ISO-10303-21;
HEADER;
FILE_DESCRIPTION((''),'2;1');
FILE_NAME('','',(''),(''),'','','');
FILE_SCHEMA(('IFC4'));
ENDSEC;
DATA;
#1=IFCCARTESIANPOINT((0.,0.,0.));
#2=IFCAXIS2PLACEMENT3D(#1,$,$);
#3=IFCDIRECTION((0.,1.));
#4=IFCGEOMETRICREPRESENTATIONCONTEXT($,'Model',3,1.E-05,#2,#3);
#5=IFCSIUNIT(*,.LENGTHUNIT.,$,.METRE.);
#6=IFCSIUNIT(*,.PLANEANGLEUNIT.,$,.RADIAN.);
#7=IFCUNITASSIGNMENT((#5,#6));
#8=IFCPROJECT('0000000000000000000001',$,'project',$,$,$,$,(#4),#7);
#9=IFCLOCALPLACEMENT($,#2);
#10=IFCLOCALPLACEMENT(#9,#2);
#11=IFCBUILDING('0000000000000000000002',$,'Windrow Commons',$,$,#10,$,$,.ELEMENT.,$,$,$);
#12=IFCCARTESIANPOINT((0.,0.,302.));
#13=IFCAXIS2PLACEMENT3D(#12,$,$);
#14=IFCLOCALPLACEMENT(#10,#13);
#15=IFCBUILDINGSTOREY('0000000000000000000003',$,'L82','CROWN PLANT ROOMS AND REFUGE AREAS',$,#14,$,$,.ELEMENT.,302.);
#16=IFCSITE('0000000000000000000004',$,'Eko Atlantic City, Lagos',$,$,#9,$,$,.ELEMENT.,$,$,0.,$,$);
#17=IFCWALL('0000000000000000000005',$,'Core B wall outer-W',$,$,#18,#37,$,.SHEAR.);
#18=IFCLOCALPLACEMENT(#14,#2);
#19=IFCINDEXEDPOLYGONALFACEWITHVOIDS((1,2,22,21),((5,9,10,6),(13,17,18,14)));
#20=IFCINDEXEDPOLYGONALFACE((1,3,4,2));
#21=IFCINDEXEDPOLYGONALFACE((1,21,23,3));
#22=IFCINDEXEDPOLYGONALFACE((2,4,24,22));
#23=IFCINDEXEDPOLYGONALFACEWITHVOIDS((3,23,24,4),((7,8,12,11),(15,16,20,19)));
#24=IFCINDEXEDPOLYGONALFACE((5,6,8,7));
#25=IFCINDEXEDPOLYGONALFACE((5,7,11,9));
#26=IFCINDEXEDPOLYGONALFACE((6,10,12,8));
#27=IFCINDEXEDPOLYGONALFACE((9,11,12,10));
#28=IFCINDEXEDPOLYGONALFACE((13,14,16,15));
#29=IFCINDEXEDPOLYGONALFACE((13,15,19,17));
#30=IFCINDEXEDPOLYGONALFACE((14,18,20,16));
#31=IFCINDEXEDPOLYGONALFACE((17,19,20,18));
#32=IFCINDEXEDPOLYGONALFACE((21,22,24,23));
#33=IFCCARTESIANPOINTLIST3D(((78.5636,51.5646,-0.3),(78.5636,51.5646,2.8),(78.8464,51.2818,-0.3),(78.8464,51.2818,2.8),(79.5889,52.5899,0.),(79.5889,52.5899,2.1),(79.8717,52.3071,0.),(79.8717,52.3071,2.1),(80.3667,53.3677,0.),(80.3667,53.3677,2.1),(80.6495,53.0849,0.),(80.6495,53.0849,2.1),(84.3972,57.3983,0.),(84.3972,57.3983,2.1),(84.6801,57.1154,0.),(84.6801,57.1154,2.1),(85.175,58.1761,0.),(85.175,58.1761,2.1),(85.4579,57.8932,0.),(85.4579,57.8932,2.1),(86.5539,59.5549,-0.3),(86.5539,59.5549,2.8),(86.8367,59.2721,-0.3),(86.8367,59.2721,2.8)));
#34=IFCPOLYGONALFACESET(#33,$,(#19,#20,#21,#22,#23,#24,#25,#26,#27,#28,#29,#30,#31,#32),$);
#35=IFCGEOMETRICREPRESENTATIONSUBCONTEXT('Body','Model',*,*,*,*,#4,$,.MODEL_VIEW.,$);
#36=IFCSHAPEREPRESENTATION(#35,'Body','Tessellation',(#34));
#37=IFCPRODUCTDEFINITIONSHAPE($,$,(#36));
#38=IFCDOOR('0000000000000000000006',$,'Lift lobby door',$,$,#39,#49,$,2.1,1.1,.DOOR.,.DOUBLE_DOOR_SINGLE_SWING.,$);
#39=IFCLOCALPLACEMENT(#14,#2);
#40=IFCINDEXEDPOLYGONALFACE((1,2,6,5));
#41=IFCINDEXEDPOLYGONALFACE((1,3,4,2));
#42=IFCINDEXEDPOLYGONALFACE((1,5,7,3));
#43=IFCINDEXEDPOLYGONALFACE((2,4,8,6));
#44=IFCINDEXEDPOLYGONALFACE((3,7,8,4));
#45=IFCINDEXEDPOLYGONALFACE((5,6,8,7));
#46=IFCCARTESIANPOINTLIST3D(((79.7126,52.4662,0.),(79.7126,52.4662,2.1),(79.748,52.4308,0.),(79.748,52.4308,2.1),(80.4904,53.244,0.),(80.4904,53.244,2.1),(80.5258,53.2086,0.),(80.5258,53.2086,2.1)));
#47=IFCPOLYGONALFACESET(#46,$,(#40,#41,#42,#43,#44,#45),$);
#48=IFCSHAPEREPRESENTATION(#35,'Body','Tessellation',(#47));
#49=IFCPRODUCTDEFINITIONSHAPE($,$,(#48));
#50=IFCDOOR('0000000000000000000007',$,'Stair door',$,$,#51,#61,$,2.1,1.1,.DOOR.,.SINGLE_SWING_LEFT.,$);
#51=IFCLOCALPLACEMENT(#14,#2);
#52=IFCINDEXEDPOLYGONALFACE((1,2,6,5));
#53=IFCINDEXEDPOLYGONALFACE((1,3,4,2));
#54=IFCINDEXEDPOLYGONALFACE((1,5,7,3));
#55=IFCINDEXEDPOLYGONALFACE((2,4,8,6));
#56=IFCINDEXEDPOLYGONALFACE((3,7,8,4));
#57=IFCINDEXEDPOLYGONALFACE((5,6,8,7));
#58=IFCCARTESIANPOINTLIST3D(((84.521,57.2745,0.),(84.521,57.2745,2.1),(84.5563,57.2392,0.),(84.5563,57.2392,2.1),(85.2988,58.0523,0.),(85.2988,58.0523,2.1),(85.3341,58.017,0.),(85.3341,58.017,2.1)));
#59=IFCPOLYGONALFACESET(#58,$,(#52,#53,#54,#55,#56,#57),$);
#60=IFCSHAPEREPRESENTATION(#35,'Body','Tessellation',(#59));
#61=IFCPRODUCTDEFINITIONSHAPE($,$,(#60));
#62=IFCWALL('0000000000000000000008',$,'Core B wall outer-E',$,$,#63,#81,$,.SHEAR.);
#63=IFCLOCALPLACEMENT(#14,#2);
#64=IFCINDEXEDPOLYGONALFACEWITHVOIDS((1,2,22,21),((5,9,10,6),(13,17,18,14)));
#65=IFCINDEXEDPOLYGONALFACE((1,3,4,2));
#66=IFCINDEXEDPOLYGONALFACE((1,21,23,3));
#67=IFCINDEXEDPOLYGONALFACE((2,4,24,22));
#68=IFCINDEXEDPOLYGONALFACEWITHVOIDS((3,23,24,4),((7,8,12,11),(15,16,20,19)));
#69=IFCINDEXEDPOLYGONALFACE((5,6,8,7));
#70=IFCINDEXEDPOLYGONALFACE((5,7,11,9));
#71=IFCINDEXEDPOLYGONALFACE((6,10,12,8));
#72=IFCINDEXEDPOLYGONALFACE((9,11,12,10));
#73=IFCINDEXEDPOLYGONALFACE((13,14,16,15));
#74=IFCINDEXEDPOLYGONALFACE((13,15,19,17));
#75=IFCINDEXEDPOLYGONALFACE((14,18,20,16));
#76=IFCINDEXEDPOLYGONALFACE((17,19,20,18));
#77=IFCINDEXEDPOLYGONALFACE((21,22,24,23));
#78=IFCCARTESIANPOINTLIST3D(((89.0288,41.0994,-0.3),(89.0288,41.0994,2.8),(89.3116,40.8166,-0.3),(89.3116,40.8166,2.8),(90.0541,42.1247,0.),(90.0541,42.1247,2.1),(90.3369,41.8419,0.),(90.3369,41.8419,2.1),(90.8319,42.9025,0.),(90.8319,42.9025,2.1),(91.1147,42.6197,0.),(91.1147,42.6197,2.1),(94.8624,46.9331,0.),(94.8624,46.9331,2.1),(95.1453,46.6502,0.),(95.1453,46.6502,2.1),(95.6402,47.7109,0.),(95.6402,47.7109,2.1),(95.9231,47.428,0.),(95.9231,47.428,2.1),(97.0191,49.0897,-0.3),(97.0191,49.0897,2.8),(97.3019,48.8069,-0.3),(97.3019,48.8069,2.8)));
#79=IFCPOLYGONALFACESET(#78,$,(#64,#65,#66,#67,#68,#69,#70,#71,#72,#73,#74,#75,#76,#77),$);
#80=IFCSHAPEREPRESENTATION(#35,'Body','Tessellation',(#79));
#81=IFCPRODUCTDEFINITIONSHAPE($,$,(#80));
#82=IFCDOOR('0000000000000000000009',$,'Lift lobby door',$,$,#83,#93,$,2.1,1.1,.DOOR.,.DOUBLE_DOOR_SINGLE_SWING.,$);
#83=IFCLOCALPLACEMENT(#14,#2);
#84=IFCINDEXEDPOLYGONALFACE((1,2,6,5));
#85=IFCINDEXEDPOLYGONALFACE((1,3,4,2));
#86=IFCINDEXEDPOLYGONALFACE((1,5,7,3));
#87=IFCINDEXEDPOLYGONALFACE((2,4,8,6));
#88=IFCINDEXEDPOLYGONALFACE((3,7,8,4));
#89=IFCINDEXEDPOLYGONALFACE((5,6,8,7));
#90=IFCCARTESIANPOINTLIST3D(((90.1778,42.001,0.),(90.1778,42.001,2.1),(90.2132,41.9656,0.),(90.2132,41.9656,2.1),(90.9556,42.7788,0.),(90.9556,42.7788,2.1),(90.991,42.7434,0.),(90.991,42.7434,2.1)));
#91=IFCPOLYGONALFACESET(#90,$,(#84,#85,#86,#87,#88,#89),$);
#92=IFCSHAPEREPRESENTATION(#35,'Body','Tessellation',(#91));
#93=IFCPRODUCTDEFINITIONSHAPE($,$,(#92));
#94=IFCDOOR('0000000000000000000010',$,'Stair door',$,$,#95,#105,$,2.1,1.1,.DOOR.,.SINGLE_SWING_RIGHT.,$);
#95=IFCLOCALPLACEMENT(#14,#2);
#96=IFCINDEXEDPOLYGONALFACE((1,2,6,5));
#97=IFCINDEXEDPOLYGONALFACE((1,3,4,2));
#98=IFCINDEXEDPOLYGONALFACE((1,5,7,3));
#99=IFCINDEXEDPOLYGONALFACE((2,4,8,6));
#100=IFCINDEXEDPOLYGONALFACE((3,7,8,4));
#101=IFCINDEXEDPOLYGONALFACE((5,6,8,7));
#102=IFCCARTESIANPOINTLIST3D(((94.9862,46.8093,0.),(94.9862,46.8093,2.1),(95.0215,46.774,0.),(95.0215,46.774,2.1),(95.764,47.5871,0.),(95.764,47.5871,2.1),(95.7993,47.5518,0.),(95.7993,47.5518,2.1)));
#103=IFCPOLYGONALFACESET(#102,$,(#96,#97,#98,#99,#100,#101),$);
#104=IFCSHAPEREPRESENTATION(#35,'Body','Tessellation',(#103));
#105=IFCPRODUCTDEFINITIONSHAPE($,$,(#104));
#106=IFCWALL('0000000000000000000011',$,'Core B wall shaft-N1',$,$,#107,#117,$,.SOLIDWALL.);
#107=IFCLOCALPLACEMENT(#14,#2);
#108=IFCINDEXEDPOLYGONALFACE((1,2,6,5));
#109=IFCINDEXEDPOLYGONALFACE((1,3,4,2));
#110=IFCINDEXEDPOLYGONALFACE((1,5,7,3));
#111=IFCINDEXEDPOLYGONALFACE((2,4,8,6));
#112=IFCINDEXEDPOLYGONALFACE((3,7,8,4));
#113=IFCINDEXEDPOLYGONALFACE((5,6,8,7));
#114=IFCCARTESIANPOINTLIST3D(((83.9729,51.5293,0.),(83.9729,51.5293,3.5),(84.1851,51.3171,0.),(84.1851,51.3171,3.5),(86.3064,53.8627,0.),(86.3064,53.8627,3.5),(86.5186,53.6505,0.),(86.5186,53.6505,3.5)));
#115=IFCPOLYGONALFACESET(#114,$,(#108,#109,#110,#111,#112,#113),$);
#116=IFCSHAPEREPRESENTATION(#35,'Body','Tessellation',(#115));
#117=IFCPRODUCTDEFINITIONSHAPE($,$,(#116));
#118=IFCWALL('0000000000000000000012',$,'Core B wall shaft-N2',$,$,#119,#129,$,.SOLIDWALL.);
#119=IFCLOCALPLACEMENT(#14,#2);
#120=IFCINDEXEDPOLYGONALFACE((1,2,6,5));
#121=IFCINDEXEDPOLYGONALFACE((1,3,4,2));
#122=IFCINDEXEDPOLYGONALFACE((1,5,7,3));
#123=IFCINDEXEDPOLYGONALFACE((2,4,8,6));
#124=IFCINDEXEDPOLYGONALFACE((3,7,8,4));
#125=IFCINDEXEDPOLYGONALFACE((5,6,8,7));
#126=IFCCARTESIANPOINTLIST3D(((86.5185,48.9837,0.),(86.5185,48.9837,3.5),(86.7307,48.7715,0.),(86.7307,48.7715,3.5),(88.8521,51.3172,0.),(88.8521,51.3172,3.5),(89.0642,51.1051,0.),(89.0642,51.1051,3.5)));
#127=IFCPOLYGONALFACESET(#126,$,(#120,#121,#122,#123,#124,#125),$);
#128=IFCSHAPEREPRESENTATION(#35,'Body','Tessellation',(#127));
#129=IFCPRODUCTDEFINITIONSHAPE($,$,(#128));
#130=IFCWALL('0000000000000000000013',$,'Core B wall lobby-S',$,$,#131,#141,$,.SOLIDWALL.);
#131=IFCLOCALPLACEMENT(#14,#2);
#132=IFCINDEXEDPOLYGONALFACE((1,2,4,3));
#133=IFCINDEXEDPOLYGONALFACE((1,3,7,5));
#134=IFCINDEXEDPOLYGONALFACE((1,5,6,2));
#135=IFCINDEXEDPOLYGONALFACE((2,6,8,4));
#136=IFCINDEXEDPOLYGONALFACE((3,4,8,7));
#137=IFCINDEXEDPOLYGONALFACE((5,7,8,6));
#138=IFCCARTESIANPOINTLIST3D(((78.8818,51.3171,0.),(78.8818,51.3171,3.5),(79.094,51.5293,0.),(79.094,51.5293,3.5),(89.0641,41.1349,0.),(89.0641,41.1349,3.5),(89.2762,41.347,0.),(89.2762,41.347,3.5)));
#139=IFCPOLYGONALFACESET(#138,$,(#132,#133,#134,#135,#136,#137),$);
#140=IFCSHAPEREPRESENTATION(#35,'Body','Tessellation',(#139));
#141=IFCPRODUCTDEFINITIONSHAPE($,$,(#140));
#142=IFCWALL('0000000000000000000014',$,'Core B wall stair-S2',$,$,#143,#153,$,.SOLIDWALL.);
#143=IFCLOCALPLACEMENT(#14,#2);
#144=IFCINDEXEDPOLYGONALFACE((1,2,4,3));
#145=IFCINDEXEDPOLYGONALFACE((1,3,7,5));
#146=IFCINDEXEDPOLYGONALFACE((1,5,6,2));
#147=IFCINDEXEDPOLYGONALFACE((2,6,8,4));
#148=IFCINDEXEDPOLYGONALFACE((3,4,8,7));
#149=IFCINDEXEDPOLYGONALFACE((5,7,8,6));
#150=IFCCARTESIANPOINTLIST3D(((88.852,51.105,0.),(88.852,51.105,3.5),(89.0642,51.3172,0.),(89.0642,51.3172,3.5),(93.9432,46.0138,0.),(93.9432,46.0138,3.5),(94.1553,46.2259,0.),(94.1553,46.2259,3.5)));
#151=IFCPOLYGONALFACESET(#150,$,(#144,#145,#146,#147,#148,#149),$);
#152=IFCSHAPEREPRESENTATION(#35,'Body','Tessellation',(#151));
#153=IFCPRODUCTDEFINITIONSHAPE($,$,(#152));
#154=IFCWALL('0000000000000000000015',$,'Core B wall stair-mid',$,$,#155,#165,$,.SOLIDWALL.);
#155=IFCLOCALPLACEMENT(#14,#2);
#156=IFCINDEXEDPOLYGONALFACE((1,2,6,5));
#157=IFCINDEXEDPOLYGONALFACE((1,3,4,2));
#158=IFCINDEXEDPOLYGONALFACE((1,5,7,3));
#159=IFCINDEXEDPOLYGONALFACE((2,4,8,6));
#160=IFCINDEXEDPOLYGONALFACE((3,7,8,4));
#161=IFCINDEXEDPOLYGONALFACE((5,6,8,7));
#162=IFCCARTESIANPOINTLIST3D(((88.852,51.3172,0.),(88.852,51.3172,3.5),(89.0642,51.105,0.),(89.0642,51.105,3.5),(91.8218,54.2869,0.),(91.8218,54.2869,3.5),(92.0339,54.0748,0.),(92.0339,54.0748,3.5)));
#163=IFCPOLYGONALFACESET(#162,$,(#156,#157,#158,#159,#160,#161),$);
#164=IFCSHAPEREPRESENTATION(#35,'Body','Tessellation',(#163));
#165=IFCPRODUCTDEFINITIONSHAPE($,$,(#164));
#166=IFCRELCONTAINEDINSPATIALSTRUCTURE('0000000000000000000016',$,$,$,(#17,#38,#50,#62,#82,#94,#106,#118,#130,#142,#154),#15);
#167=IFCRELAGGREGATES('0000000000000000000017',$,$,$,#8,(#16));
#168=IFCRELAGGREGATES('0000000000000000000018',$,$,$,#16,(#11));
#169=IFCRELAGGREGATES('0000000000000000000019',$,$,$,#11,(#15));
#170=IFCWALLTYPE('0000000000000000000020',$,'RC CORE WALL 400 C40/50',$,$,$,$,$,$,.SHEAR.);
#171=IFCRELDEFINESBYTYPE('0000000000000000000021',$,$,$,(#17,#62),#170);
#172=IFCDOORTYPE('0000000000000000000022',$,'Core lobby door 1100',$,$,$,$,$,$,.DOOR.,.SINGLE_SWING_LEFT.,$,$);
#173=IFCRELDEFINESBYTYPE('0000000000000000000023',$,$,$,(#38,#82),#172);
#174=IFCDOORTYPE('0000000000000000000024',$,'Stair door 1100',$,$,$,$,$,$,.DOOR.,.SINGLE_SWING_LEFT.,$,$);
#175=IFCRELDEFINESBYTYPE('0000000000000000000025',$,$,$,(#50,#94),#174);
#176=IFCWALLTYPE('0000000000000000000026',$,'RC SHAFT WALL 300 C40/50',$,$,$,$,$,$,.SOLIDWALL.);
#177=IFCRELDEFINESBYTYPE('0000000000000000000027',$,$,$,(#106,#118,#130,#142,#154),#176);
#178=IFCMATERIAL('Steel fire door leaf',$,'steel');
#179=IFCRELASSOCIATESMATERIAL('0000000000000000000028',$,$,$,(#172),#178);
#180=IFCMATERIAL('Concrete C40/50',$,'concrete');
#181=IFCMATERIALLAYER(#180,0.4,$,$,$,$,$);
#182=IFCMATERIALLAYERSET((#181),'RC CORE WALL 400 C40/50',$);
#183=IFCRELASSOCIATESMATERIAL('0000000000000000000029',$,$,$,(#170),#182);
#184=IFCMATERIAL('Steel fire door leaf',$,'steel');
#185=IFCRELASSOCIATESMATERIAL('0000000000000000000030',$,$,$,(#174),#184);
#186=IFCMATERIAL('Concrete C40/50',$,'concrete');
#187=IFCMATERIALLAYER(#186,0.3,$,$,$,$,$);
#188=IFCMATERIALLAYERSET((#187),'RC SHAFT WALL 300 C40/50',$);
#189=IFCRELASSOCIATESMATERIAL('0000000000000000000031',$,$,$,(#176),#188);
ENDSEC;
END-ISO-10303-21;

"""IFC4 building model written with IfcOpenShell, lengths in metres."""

from ifc_helpers import new_model, si_unit, direction, frame, frame_2d, origin, place, context, subcontext, project, spatial, polyline, rectangle, outline, extrude, material, layer, layer_set, type_object, element, fill, save


model = new_model("IFC4")

# Units and contexts
model_context = context("Model", 3, precision=1e-05, world=origin(), true_north=direction((0.0, 1.0)))
body_context = subcontext(model_context, "Body", "Model", "MODEL_VIEW")
ifc_project = project(units=[si_unit("LENGTHUNIT", "METRE"), si_unit("PLANEANGLEUNIT", "RADIAN")], contexts=[model_context])

# Site, building, storey
site_placement = place(None, origin())
site = spatial("IfcSite", under=ifc_project, at=site_placement, Name="Eko Atlantic City, Lagos", CompositionType="ELEMENT", RefElevation=0.0)
building_placement = place(site_placement, origin())
building = spatial("IfcBuilding", under=site, at=building_placement, Name="Windrow Commons", CompositionType="ELEMENT")
storey_placement = place(building_placement, frame((0.0, 0.0, 302.0)))
storey = spatial("IfcBuildingStorey", under=building, at=storey_placement, Name="L82", Description="CROWN PLANT ROOMS AND REFUGE AREAS", CompositionType="ELEMENT", Elevation=302.0)

# Shared definitions
ifc_material_1 = material(Name="Steel fire door leaf", Category="steel")
door_type_1 = type_object("IfcDoorType", Name="Core lobby door 1100", OperationType="SINGLE_SWING_LEFT", PredefinedType="DOOR", material=ifc_material_1)

# Walls, openings, doors
ifc_material_2 = material(Name="Concrete C40/50", Category="concrete")
ifc_layer_1 = layer(ifc_material_2, 0.4)
ifc_layer_set_1 = layer_set([ifc_layer_1], Name="RC CORE WALL 400 C40/50")
wall_type_1 = type_object("IfcWallType", Name="RC CORE WALL 400 C40/50", PredefinedType="SHEAR", material=ifc_layer_set_1)
wall_1_placement = place(storey_placement, frame((78.705, 51.4232, -0.3), z_axis=(0.0, 0.0, 1.0), x_axis=(0.707107, 0.707107, 0.0)))
wall_1 = element("IfcWall", 1, at=wall_1_placement, inside=storey, type_object=wall_type_1, Name="Core B wall outer-W", PredefinedType="SHEAR", context=body_context, shape_type="SweptSolid", body=[
    extrude(outline(polyline([(0.0, 0.0), (11.3, 0.0), (11.3, 3.1), (0.0, 3.1), (0.0, 0.0)])), frame((0.0, 0.2, 0.0), z_axis=(0.0, -1.0, 0.0), x_axis=(1.0, 0.0, 0.0)), (0.0, 0.0, 1.0), 0.4),
])
opening_1_placement = place(wall_1_placement, frame((1.45, 0.0, 0.3)))
opening_1 = element("IfcOpeningElement", 2, at=opening_1_placement, cuts=wall_1, PredefinedType="OPENING", context=body_context, shape_type="SweptSolid", body=[
    extrude(rectangle(XDim=1.1, YDim=2.1, at=frame_2d((0.55, 1.05))), frame((0.0, 0.21, 0.0), z_axis=(0.0, -1.0, 0.0), x_axis=(1.0, 0.0, 0.0)), (0.0, 0.0, 1.0), 0.42),
])
opening_2_placement = place(wall_1_placement, frame((8.25, 0.0, 0.3)))
opening_2 = element("IfcOpeningElement", 3, at=opening_2_placement, cuts=wall_1, PredefinedType="OPENING", context=body_context, shape_type="SweptSolid", body=[
    extrude(rectangle(XDim=1.1, YDim=2.1, at=frame_2d((0.55, 1.05))), frame((0.0, 0.21, 0.0), z_axis=(0.0, -1.0, 0.0), x_axis=(1.0, 0.0, 0.0)), (0.0, 0.0, 1.0), 0.42),
])
door_1_placement = place(opening_1_placement, origin())
door_1 = element("IfcDoor", 4, at=door_1_placement, inside=storey, type_object=door_type_1, Name="Lift lobby door", OperationType="DOUBLE_DOOR_SINGLE_SWING", OverallHeight=2.1, OverallWidth=1.1, PredefinedType="DOOR", context=body_context, shape_type="SweptSolid", body=[
    extrude(rectangle(XDim=1.1, YDim=2.1, at=frame_2d((0.55, 1.05))), frame((0.0, 0.025, 0.0), z_axis=(0.0, -1.0, 0.0), x_axis=(1.0, 0.0, 0.0)), (0.0, 0.0, 1.0), 0.05),
])
fill(opening_1, door_1)
ifc_material_3 = material(Name="Steel fire door leaf", Category="steel")
door_type_2 = type_object("IfcDoorType", Name="Stair door 1100", OperationType="SINGLE_SWING_LEFT", PredefinedType="DOOR", material=ifc_material_3)
door_2_placement = place(opening_2_placement, origin())
door_2 = element("IfcDoor", 5, at=door_2_placement, inside=storey, type_object=door_type_2, Name="Stair door", OperationType="SINGLE_SWING_LEFT", OverallHeight=2.1, OverallWidth=1.1, PredefinedType="DOOR", context=body_context, shape_type="SweptSolid", body=[
    extrude(rectangle(XDim=1.1, YDim=2.1, at=frame_2d((0.55, 1.05))), frame((0.0, 0.025, 0.0), z_axis=(0.0, -1.0, 0.0), x_axis=(1.0, 0.0, 0.0)), (0.0, 0.0, 1.0), 0.05),
])
fill(opening_2, door_2)
wall_2_placement = place(storey_placement, frame((89.1702, 40.958, -0.3), z_axis=(0.0, 0.0, 1.0), x_axis=(0.707107, 0.707107, 0.0)))
wall_2 = element("IfcWall", 6, at=wall_2_placement, inside=storey, type_object=wall_type_1, Name="Core B wall outer-E", PredefinedType="SHEAR", context=body_context, shape_type="SweptSolid", body=[
    extrude(outline(polyline([(0.0, 0.0), (11.3, 0.0), (11.3, 3.1), (0.0, 3.1), (0.0, 0.0)])), frame((0.0, 0.2, 0.0), z_axis=(0.0, -1.0, 0.0), x_axis=(1.0, 0.0, 0.0)), (0.0, 0.0, 1.0), 0.4),
])
opening_3_placement = place(wall_2_placement, frame((1.45, 0.0, 0.3)))
opening_3 = element("IfcOpeningElement", 7, at=opening_3_placement, cuts=wall_2, PredefinedType="OPENING", context=body_context, shape_type="SweptSolid", body=[
    extrude(rectangle(XDim=1.1, YDim=2.1, at=frame_2d((0.55, 1.05))), frame((0.0, 0.21, 0.0), z_axis=(0.0, -1.0, 0.0), x_axis=(1.0, 0.0, 0.0)), (0.0, 0.0, 1.0), 0.42),
])
opening_4_placement = place(wall_2_placement, frame((8.25, 0.0, 0.3)))
opening_4 = element("IfcOpeningElement", 8, at=opening_4_placement, cuts=wall_2, PredefinedType="OPENING", context=body_context, shape_type="SweptSolid", body=[
    extrude(rectangle(XDim=1.1, YDim=2.1, at=frame_2d((0.55, 1.05))), frame((0.0, 0.21, 0.0), z_axis=(0.0, -1.0, 0.0), x_axis=(1.0, 0.0, 0.0)), (0.0, 0.0, 1.0), 0.42),
])
door_3_placement = place(opening_3_placement, origin())
door_3 = element("IfcDoor", 9, at=door_3_placement, inside=storey, type_object=door_type_1, Name="Lift lobby door", OperationType="DOUBLE_DOOR_SINGLE_SWING", OverallHeight=2.1, OverallWidth=1.1, PredefinedType="DOOR", context=body_context, shape_type="SweptSolid", body=[
    extrude(rectangle(XDim=1.1, YDim=2.1, at=frame_2d((0.55, 1.05))), frame((0.0, 0.025, 0.0), z_axis=(0.0, -1.0, 0.0), x_axis=(1.0, 0.0, 0.0)), (0.0, 0.0, 1.0), 0.05),
])
fill(opening_3, door_3)
door_4_placement = place(opening_4_placement, origin())
door_4 = element("IfcDoor", 10, at=door_4_placement, inside=storey, type_object=door_type_2, Name="Stair door", OperationType="SINGLE_SWING_RIGHT", OverallHeight=2.1, OverallWidth=1.1, PredefinedType="DOOR", context=body_context, shape_type="SweptSolid", body=[
    extrude(rectangle(XDim=1.1, YDim=2.1, at=frame_2d((0.55, 1.05))), frame((0.0, 0.025, 0.0), z_axis=(0.0, -1.0, 0.0), x_axis=(1.0, 0.0, 0.0)), (0.0, 0.0, 1.0), 0.05),
])
fill(opening_4, door_4)

# Walls
ifc_material_4 = material(Name="Concrete C40/50", Category="concrete")
ifc_layer_2 = layer(ifc_material_4, 0.3)
ifc_layer_set_2 = layer_set([ifc_layer_2], Name="RC SHAFT WALL 300 C40/50")
wall_type_2 = type_object("IfcWallType", Name="RC SHAFT WALL 300 C40/50", PredefinedType="SOLIDWALL", material=ifc_layer_set_2)
wall_3_placement = place(storey_placement, frame((84.079, 51.4232, 0.0), z_axis=(0.0, 0.0, 1.0), x_axis=(0.707122, 0.707092, 0.0)))
element("IfcWall", 11, at=wall_3_placement, inside=storey, type_object=wall_type_2, Name="Core B wall shaft-N1", PredefinedType="SOLIDWALL", context=body_context, shape_type="SweptSolid", body=[
    extrude(outline(polyline([(0.0, 0.0), (3.3, 0.0), (3.3, 3.5), (0.0, 3.5), (0.0, 0.0)])), frame((0.0, 0.15, 0.0), z_axis=(0.0, -1.0, 0.0), x_axis=(1.0, 0.0, 0.0)), (0.0, 0.0, 1.0), 0.3),
])
wall_4_placement = place(storey_placement, frame((86.6246, 48.8776, 0.0), z_axis=(0.0, 0.0, 1.0), x_axis=(0.707107, 0.707107, 0.0)))
element("IfcWall", 12, at=wall_4_placement, inside=storey, type_object=wall_type_2, Name="Core B wall shaft-N2", PredefinedType="SOLIDWALL", context=body_context, shape_type="SweptSolid", body=[
    extrude(outline(polyline([(0.0, 0.0), (3.3001, 0.0), (3.3001, 3.5), (0.0, 3.5), (0.0, 0.0)])), frame((0.0, 0.15, 0.0), z_axis=(0.0, -1.0, 0.0), x_axis=(1.0, 0.0, 0.0)), (0.0, 0.0, 1.0), 0.3),
])
wall_5_placement = place(storey_placement, frame((78.9879, 51.4232, 0.0), z_axis=(0.0, 0.0, 1.0), x_axis=(0.707107, -0.707107, 0.0)))
element("IfcWall", 13, at=wall_5_placement, inside=storey, type_object=wall_type_2, Name="Core B wall lobby-S", PredefinedType="SOLIDWALL", context=body_context, shape_type="SweptSolid", body=[
    extrude(outline(polyline([(0.0, 0.0), (14.3999, 0.0), (14.3999, 3.5), (0.0, 3.5), (0.0, 0.0)])), frame((0.0, 0.15, 0.0), z_axis=(0.0, -1.0, 0.0), x_axis=(1.0, 0.0, 0.0)), (0.0, 0.0, 1.0), 0.3),
])
wall_6_placement = place(storey_placement, frame((88.9581, 51.2111, 0.0), z_axis=(0.0, 0.0, 1.0), x_axis=(0.7071, -0.707114, 0.0)))
element("IfcWall", 14, at=wall_6_placement, inside=storey, type_object=wall_type_2, Name="Core B wall stair-S2", PredefinedType="SOLIDWALL", context=body_context, shape_type="SweptSolid", body=[
    extrude(outline(polyline([(0.0, 0.0), (7.2, 0.0), (7.2, 3.5), (0.0, 3.5), (0.0, 0.0)])), frame((0.0, 0.15, 0.0), z_axis=(0.0, -1.0, 0.0), x_axis=(1.0, 0.0, 0.0)), (0.0, 0.0, 1.0), 0.3),
])
wall_7_placement = place(storey_placement, frame((88.9581, 51.2111, 0.0), z_axis=(0.0, 0.0, 1.0), x_axis=(0.707107, 0.707107, 0.0)))
element("IfcWall", 15, at=wall_7_placement, inside=storey, type_object=wall_type_2, Name="Core B wall stair-mid", PredefinedType="SOLIDWALL", context=body_context, shape_type="SweptSolid", body=[
    extrude(outline(polyline([(0.0, 0.0), (4.1999, 0.0), (4.1999, 3.5), (0.0, 3.5), (0.0, 0.0)])), frame((0.0, 0.15, 0.0), z_axis=(0.0, -1.0, 0.0), x_axis=(1.0, 0.0, 0.0)), (0.0, 0.0, 1.0), 0.3),
])

save(model, "model.ifc")
